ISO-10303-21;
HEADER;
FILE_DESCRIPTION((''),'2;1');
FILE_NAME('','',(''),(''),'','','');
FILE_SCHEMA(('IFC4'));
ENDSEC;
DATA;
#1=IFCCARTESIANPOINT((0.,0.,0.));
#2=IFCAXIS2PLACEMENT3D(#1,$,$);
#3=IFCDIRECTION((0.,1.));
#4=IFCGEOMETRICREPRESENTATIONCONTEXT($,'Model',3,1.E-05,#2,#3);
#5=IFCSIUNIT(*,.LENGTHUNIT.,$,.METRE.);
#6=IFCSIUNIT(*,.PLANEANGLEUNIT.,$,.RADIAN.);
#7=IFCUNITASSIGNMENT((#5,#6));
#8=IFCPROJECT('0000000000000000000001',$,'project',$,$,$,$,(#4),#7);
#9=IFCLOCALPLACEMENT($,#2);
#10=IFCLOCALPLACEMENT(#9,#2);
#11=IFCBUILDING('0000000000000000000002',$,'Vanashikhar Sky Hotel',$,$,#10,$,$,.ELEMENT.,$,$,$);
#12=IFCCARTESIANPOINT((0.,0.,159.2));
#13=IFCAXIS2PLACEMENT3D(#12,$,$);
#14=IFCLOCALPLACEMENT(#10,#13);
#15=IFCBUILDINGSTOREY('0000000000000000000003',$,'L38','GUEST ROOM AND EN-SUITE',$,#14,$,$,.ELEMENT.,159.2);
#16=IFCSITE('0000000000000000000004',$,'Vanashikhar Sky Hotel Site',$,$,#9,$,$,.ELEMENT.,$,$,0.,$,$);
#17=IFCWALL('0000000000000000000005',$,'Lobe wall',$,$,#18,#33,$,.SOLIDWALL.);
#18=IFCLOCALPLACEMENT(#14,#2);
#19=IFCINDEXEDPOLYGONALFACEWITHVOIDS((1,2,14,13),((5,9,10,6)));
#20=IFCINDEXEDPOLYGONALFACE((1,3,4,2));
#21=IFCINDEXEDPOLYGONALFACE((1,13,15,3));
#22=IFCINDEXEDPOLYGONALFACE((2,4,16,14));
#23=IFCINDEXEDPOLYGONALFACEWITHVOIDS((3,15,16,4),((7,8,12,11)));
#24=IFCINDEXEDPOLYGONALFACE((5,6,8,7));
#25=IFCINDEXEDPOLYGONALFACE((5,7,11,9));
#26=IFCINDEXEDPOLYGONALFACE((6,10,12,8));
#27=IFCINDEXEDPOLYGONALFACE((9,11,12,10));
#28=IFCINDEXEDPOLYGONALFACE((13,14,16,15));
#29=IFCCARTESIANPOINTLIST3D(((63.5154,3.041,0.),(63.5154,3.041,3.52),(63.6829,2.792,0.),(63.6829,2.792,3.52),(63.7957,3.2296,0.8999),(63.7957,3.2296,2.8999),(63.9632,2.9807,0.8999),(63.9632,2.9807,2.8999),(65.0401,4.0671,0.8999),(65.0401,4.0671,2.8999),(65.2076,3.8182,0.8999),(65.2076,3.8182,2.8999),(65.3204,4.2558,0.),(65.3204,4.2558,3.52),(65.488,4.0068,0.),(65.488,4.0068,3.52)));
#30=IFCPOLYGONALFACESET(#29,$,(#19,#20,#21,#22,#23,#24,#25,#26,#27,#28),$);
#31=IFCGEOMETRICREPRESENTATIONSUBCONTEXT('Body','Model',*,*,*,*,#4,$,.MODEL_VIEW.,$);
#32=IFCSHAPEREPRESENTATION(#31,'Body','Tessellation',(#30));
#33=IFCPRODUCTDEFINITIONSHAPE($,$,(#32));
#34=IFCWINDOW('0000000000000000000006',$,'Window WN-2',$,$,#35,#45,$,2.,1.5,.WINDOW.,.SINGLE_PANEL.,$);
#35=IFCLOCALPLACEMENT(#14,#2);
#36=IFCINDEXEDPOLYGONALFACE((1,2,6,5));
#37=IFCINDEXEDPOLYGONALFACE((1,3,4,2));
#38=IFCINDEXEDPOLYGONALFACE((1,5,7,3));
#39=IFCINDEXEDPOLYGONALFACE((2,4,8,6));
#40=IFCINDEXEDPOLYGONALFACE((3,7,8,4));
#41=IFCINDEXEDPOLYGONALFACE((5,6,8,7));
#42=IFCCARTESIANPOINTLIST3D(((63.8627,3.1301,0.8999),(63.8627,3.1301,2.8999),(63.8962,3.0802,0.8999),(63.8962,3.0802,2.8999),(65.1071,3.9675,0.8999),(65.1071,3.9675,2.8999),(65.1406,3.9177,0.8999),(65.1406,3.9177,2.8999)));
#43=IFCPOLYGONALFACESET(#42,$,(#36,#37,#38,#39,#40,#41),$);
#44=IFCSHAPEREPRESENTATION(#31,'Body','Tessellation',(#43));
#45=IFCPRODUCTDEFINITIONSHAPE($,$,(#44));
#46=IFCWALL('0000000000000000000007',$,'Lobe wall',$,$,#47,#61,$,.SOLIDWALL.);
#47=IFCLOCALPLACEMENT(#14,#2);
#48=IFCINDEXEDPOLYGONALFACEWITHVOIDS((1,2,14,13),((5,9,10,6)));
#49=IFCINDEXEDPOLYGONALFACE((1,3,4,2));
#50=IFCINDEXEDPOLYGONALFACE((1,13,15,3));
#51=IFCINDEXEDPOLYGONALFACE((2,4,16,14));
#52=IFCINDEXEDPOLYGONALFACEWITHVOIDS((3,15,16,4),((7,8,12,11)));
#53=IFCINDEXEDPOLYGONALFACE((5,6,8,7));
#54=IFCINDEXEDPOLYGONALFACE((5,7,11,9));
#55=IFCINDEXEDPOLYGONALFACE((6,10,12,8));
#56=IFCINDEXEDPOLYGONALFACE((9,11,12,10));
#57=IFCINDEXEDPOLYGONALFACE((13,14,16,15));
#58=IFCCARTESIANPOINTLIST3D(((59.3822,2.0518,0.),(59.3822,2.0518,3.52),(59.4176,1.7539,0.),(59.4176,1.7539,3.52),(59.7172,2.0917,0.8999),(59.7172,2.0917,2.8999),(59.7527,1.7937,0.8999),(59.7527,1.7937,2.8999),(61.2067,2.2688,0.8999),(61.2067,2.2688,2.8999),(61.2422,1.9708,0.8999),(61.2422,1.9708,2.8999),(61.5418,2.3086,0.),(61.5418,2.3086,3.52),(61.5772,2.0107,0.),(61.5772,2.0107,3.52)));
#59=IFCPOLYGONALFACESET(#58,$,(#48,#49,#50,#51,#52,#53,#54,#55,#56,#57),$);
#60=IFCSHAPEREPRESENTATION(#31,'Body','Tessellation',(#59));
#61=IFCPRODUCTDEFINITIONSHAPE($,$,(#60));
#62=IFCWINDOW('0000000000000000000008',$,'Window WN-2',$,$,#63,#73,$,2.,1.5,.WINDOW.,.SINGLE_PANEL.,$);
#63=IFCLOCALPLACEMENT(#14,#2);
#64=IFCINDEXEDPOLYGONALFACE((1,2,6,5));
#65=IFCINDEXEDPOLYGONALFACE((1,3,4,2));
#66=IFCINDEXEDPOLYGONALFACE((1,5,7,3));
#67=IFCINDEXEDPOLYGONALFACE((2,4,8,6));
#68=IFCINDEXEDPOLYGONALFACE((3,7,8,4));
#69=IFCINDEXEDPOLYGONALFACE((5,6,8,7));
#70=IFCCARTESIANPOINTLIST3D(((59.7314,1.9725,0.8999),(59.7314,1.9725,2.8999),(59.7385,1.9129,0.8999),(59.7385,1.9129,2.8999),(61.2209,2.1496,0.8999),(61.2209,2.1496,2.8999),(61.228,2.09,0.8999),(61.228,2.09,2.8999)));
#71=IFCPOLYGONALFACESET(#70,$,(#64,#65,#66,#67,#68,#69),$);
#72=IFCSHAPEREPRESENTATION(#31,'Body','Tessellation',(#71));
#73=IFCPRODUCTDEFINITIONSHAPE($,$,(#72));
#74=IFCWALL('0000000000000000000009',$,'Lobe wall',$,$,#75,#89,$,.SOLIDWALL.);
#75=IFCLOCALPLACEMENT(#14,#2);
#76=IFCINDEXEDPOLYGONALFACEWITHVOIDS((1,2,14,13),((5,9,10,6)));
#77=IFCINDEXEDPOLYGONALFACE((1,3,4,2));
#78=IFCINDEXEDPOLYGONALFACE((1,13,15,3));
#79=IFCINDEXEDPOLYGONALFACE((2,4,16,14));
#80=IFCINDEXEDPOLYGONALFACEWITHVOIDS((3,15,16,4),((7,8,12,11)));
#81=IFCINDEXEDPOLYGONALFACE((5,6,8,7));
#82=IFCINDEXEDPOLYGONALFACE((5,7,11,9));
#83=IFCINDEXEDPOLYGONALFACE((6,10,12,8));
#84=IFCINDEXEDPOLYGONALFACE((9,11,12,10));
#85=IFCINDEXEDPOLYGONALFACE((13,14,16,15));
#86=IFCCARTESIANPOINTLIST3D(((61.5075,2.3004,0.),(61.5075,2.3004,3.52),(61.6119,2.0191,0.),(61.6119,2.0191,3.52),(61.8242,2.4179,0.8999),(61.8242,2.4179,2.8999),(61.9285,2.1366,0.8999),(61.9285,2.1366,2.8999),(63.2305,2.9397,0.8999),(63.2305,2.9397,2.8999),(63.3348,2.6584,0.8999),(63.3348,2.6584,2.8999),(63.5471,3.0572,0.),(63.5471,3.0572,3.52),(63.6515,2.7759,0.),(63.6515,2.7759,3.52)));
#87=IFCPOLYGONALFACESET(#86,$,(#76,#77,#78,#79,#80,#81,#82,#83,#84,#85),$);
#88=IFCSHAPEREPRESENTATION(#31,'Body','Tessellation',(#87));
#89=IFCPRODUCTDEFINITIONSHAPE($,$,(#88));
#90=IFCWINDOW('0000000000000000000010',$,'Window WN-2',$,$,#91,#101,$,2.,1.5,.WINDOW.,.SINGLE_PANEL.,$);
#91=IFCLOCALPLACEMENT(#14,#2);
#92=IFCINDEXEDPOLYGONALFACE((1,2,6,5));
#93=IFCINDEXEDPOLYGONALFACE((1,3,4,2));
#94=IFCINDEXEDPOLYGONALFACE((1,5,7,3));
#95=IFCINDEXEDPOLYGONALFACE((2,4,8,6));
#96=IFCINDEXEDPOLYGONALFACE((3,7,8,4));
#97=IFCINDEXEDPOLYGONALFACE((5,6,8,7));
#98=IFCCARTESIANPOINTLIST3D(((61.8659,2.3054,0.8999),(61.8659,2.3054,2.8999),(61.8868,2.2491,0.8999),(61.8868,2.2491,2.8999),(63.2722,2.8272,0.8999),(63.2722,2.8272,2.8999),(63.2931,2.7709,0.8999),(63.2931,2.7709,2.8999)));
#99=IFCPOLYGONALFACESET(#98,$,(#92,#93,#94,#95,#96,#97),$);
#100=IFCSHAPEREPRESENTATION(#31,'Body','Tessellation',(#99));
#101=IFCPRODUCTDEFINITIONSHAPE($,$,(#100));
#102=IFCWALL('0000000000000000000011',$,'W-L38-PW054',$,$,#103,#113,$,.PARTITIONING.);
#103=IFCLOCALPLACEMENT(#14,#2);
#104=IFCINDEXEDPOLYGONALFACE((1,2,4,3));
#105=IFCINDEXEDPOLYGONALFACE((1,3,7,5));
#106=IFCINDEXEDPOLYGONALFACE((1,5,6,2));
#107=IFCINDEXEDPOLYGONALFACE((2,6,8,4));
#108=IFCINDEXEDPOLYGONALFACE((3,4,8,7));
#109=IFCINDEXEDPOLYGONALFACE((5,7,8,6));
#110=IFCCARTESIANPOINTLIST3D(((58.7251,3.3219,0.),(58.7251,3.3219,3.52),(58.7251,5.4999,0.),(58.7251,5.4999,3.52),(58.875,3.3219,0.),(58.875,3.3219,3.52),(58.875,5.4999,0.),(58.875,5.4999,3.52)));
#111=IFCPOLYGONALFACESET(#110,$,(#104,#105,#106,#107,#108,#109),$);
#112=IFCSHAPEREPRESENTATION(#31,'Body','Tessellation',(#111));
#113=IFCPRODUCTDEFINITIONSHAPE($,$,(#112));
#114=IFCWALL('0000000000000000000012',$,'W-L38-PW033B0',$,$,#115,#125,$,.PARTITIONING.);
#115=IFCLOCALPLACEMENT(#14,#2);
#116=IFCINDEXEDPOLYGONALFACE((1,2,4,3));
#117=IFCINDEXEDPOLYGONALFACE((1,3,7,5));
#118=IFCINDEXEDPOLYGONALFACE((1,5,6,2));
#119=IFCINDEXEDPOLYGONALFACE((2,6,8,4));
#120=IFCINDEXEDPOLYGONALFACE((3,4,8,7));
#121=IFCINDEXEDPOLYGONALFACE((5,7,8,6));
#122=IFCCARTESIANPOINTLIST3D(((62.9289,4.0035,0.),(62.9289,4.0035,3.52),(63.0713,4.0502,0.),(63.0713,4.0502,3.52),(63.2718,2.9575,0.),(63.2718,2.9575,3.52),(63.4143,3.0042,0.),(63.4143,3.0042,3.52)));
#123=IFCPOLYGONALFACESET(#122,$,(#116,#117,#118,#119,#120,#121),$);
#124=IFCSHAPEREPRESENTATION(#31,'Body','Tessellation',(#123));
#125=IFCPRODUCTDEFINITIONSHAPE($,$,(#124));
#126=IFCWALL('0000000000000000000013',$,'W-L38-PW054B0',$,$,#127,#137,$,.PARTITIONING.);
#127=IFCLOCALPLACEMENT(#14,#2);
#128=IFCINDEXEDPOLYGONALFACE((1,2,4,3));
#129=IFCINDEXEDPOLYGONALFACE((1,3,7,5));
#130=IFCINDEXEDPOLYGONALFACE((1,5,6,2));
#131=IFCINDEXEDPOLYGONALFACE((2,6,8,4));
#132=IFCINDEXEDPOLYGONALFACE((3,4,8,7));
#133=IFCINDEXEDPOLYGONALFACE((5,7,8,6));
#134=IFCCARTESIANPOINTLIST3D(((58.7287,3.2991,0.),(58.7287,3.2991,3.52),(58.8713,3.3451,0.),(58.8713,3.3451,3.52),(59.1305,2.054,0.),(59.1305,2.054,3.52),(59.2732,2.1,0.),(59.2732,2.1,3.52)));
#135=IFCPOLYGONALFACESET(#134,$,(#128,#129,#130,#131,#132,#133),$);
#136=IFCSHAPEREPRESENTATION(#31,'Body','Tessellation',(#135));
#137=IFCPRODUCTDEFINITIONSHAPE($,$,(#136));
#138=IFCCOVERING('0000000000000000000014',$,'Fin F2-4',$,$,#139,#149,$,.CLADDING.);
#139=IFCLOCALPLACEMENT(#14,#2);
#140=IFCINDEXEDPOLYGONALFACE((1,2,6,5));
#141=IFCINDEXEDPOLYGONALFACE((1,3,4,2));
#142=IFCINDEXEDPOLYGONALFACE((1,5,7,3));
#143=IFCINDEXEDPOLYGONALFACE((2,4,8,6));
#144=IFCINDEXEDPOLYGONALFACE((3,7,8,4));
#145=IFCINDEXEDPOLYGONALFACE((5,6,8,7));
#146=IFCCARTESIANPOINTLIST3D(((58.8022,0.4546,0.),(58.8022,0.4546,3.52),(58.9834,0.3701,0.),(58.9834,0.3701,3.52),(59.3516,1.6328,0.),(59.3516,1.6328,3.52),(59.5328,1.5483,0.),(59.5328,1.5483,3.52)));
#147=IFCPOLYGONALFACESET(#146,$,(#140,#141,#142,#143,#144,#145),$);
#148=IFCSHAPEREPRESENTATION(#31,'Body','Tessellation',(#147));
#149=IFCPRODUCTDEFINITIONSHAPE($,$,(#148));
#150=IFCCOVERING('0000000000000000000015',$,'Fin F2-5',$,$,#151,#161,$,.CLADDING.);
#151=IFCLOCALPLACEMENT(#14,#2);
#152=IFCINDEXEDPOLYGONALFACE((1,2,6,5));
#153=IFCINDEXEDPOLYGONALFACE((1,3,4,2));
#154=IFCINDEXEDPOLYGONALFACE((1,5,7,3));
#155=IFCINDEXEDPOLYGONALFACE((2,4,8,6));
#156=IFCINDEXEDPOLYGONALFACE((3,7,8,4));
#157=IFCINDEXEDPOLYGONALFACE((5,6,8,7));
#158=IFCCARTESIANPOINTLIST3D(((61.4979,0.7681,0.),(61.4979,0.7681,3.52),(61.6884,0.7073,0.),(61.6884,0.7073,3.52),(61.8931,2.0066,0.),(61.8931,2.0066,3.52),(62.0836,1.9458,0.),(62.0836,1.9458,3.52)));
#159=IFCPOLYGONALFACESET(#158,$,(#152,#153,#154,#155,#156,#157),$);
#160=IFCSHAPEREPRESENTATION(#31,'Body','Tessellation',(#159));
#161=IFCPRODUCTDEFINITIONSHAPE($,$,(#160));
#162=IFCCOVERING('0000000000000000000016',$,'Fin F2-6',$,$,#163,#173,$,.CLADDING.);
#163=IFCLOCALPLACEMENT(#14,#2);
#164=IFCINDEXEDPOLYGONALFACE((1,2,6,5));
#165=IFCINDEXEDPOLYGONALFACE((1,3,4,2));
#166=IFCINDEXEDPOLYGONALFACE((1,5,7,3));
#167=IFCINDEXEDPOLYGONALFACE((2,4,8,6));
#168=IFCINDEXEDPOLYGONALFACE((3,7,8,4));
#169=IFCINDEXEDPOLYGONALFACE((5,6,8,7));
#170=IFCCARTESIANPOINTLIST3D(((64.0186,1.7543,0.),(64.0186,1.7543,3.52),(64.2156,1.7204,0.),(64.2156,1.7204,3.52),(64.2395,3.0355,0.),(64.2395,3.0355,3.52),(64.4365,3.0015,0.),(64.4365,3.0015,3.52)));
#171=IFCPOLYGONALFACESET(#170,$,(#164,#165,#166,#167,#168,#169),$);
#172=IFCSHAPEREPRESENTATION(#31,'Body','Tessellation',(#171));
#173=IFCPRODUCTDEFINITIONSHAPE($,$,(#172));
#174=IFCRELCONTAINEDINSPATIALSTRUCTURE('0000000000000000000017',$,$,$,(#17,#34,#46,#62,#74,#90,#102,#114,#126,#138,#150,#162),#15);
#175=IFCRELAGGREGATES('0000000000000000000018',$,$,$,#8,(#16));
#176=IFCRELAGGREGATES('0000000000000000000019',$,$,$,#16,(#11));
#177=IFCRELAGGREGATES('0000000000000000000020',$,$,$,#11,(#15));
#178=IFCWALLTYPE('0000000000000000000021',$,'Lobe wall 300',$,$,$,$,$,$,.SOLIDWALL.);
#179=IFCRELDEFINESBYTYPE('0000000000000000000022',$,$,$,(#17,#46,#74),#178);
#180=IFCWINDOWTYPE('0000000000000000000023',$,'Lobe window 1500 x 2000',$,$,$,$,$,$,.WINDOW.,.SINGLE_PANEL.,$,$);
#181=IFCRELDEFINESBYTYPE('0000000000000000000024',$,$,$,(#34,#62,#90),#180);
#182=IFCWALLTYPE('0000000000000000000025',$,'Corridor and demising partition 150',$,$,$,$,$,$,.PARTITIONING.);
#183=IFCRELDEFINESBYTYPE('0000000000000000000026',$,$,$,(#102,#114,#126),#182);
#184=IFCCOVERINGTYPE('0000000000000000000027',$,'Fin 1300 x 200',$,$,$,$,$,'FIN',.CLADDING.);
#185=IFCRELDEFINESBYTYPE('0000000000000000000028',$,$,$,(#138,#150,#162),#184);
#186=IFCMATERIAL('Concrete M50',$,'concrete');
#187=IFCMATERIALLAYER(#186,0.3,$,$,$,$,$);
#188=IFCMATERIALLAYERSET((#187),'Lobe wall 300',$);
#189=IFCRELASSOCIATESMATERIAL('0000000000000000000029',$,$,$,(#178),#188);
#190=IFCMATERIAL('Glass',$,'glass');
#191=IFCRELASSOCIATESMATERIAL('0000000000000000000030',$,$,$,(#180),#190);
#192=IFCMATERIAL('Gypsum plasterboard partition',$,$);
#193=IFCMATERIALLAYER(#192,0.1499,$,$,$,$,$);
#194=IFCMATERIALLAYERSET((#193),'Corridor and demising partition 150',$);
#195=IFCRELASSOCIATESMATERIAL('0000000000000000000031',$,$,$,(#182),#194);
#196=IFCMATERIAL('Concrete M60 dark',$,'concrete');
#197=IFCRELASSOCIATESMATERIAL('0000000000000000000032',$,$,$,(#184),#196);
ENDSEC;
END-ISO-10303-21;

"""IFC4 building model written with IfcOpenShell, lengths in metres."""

from ifc_helpers import new_model, si_unit, direction, frame, frame_2d, origin, origin_2d, place, context, subcontext, project, spatial, rectangle, extrude, source, transform, mapped, material, layer, layer_set, material_profile, profile_set, type_object, element, fill, save


model = new_model("IFC4")

# Units and contexts
model_context = context("Model", 3, precision=1e-05, world=origin(), true_north=direction((0.0, 1.0)))
body_context = subcontext(model_context, "Body", "Model", "MODEL_VIEW")
ifc_project = project(units=[si_unit("LENGTHUNIT", "METRE"), si_unit("PLANEANGLEUNIT", "RADIAN")], contexts=[model_context])

# Site, building, storey
site_placement = place(None, origin())
site = spatial("IfcSite", under=ifc_project, at=site_placement, Name="Vanashikhar Sky Hotel Site", CompositionType="ELEMENT", RefElevation=0.0)
building_placement = place(site_placement, origin())
building = spatial("IfcBuilding", under=site, at=building_placement, Name="Vanashikhar Sky Hotel", CompositionType="ELEMENT")
storey_placement = place(building_placement, frame((0.0, 0.0, 159.2)))
storey = spatial("IfcBuildingStorey", under=building, at=storey_placement, Name="L38", Description="GUEST ROOM AND EN-SUITE", CompositionType="ELEMENT", Elevation=159.2)

# Walls, openings, windows
ifc_material_1 = material(Name="Concrete M50", Category="concrete")
ifc_layer_1 = layer(ifc_material_1, 0.3)
ifc_layer_set_1 = layer_set([ifc_layer_1], Name="Lobe wall 300")
wall_type_1 = type_object("IfcWallType", Name="Lobe wall 300", PredefinedType="SOLIDWALL", material=ifc_layer_set_1)
shared_shape_1 = source(origin(), body_context, "Body", "SweptSolid", [
    extrude(rectangle(XDim=2.1758, YDim=0.3, at=frame_2d((1.0879, 0.0))), origin(), (0.0, 0.0, 1.0), 3.52),
])
wall_1_placement = place(storey_placement, frame((63.5991, 2.9165, 0.0), z_axis=(0.0, 0.0, 1.0), x_axis=(0.829626, 0.55832, 0.0)))
wall_1 = element("IfcWall", 1, at=wall_1_placement, inside=storey, type_object=wall_type_1, Name="Lobe wall", PredefinedType="SOLIDWALL", context=body_context, shape_type="MappedRepresentation", body=[
    mapped(shared_shape_1, transform((0.0, 0.0, 0.0), scale=1.0)),
])
shared_shape_2 = source(origin(), body_context, "Body", "SweptSolid", [
    extrude(rectangle(XDim=1.5, YDim=2.0, at=frame_2d((0.75, 1.0))), frame((0.0, 0.1602, 0.0), z_axis=(0.0, -1.0, 0.0), x_axis=(1.0, 0.0, 0.0)), (0.0, 0.0, 1.0), 0.3201),
])
opening_1_placement = place(wall_1_placement, frame((0.3379, 0.0, 0.8999)))
opening_1 = element("IfcOpeningElement", 2, at=opening_1_placement, cuts=wall_1, PredefinedType="OPENING", context=body_context, shape_type="MappedRepresentation", body=[
    mapped(shared_shape_2, transform((0.0, 0.0, 0.0), scale=1.0)),
])
ifc_material_2 = material(Name="Glass", Category="glass")
window_type = type_object("IfcWindowType", Name="Lobe window 1500 x 2000", PartitioningType="SINGLE_PANEL", PredefinedType="WINDOW", material=ifc_material_2)
shared_shape_3 = source(origin(), body_context, "Body", "SweptSolid", [
    extrude(rectangle(XDim=1.5, YDim=2.0, at=frame_2d((0.75, 1.0))), frame((0.0, 0.03, 0.0), z_axis=(0.0, -1.0, 0.0), x_axis=(1.0, 0.0, 0.0)), (0.0, 0.0, 1.0), 0.0601),
])
window_1_placement = place(opening_1_placement, origin())
window_1 = element("IfcWindow", 3, at=window_1_placement, inside=storey, type_object=window_type, Name="Window WN-2", OverallHeight=2.0, OverallWidth=1.5, PartitioningType="SINGLE_PANEL", PredefinedType="WINDOW", context=body_context, shape_type="MappedRepresentation", body=[
    mapped(shared_shape_3, transform((0.0, 0.0, 0.0), scale=1.0)),
])
fill(opening_1, window_1)
shared_shape_4 = source(origin(), body_context, "Body", "SweptSolid", [
    extrude(rectangle(XDim=2.1748, YDim=0.3, at=frame_2d((1.0874, 0.0))), origin(), (0.0, 0.0, 1.0), 3.52),
])
wall_2_placement = place(storey_placement, frame((59.3999, 1.9028, 0.0), z_axis=(0.0, 0.0, 1.0), x_axis=(0.993003, 0.118092, 0.0)))
wall_2 = element("IfcWall", 4, at=wall_2_placement, inside=storey, type_object=wall_type_1, Name="Lobe wall", PredefinedType="SOLIDWALL", context=body_context, shape_type="MappedRepresentation", body=[
    mapped(shared_shape_4, transform((0.0, 0.0, 0.0), scale=1.0)),
])
opening_2_placement = place(wall_2_placement, frame((0.3374, 0.0, 0.8999)))
opening_2 = element("IfcOpeningElement", 5, at=opening_2_placement, cuts=wall_2, PredefinedType="OPENING", context=body_context, shape_type="MappedRepresentation", body=[
    mapped(shared_shape_2, transform((0.0, 0.0, 0.0), scale=1.0)),
])
window_2_placement = place(opening_2_placement, origin())
window_2 = element("IfcWindow", 6, at=window_2_placement, inside=storey, type_object=window_type, Name="Window WN-2", OverallHeight=2.0, OverallWidth=1.5, PartitioningType="SINGLE_PANEL", PredefinedType="WINDOW", context=body_context, shape_type="MappedRepresentation", body=[
    mapped(shared_shape_3, transform((0.0, 0.0, 0.0), scale=1.0)),
])
fill(opening_2, window_2)
shared_shape_5 = source(origin(), body_context, "Body", "SweptSolid", [
    extrude(rectangle(XDim=2.1755, YDim=0.3, at=frame_2d((1.0879, 0.0))), origin(), (0.0, 0.0, 1.0), 3.52),
])
wall_3_placement = place(storey_placement, frame((61.5596, 2.1597, 0.0), z_axis=(0.0, 0.0, 1.0), x_axis=(0.937532, 0.347899, 0.0)))
wall_3 = element("IfcWall", 7, at=wall_3_placement, inside=storey, type_object=wall_type_1, Name="Lobe wall", PredefinedType="SOLIDWALL", context=body_context, shape_type="MappedRepresentation", body=[
    mapped(shared_shape_5, transform((0.0, 0.0, 0.0), scale=1.0)),
])
opening_3_placement = place(wall_3_placement, frame((0.3379, 0.0, 0.8999)))
opening_3 = element("IfcOpeningElement", 8, at=opening_3_placement, cuts=wall_3, PredefinedType="OPENING", context=body_context, shape_type="MappedRepresentation", body=[
    mapped(shared_shape_2, transform((0.0, 0.0, 0.0), scale=1.0)),
])
window_3_placement = place(opening_3_placement, origin())
window_3 = element("IfcWindow", 9, at=window_3_placement, inside=storey, type_object=window_type, Name="Window WN-2", OverallHeight=2.0, OverallWidth=1.5, PartitioningType="SINGLE_PANEL", PredefinedType="WINDOW", context=body_context, shape_type="MappedRepresentation", body=[
    mapped(shared_shape_3, transform((0.0, 0.0, 0.0), scale=1.0)),
])
fill(opening_3, window_3)

# Walls
ifc_material_3 = material(Name="Gypsum plasterboard partition")
ifc_layer_2 = layer(ifc_material_3, 0.1499)
ifc_layer_set_2 = layer_set([ifc_layer_2], Name="Corridor and demising partition 150")
wall_type_2 = type_object("IfcWallType", Name="Corridor and demising partition 150", PredefinedType="PARTITIONING", material=ifc_layer_set_2)
shared_shape_6 = source(origin(), body_context, "Body", "SweptSolid", [
    extrude(rectangle(XDim=2.178, YDim=0.1499, at=frame_2d((1.0889, 0.0))), origin(), (0.0, 0.0, 1.0), 3.52),
])
wall_4_placement = place(storey_placement, frame((58.8, 3.322, 0.0), z_axis=(0.0, 0.0, 1.0), x_axis=(0.0, 1.0, 0.0)))
element("IfcWall", 10, at=wall_4_placement, inside=storey, type_object=wall_type_2, Name="W-L38-PW054", PredefinedType="PARTITIONING", context=body_context, shape_type="MappedRepresentation", body=[
    mapped(shared_shape_6, transform((0.0, 0.0, 0.0), scale=1.0)),
])
shared_shape_7 = source(origin(), body_context, "Body", "SweptSolid", [
    extrude(rectangle(XDim=1.1008, YDim=0.1499, at=frame_2d((0.5503, 0.0))), origin(), (0.0, 0.0, 1.0), 3.52),
])
wall_5_placement = place(storey_placement, frame((63.343, 2.981, 0.0), z_axis=(0.0, 0.0, 1.0), x_axis=(-0.311567, 0.950224, 0.0)))
element("IfcWall", 11, at=wall_5_placement, inside=storey, type_object=wall_type_2, Name="W-L38-PW033B0", PredefinedType="PARTITIONING", context=body_context, shape_type="MappedRepresentation", body=[
    mapped(shared_shape_7, transform((0.0, 0.0, 0.0), scale=1.0)),
])
shared_shape_8 = source(origin(), body_context, "Body", "SweptSolid", [
    extrude(rectangle(XDim=1.3083, YDim=0.1499, at=frame_2d((0.6543, 0.0))), origin(), (0.0, 0.0, 1.0), 3.52),
])
wall_6_placement = place(storey_placement, frame((59.2019, 2.0769, 0.0), z_axis=(0.0, 0.0, 1.0), x_axis=(-0.307145, 0.951663, 0.0)))
element("IfcWall", 12, at=wall_6_placement, inside=storey, type_object=wall_type_2, Name="W-L38-PW054B0", PredefinedType="PARTITIONING", context=body_context, shape_type="MappedRepresentation", body=[
    mapped(shared_shape_8, transform((0.0, 0.0, 0.0), scale=1.0)),
])

# Coverings
ifc_material_4 = material(Name="Concrete M60 dark", Category="concrete")
ifc_material_profile = material_profile(ifc_material_4, rectangle(XDim=1.3, YDim=0.2, at=origin_2d()))
ifc_profile_set = profile_set([ifc_material_profile], Name="Fin 1300 x 200")
covering_type = type_object("IfcCoveringType", Name="Fin 1300 x 200", ElementType="FIN", PredefinedType="CLADDING", material=ifc_profile_set)
shared_shape_9 = source(origin(), body_context, "Body", "SweptSolid", [
    extrude(rectangle(XDim=1.3, YDim=0.2, at=origin_2d()), origin(), (0.0, 0.0, 1.0), 3.52),
])
for number, where, z_axis, x_axis, name in (
    (13, (59.1675, 1.0015, 0.0), (0.0, 0.0, 1.0), (-0.422618, -0.906308, 0.0), "Fin F2-4"),
    (14, (61.7908, 1.3569, 0.0), (0.0, 0.0, 1.0), (-0.303967, -0.952683, 0.0), "Fin F2-5"),
    (15, (64.2275, 2.3779, 0.0), (0.0, 0.0, 1.0), (-0.1699, -0.985461, 0.0), "Fin F2-6"),
):
    element("IfcCovering", number, at=place(storey_placement, frame(where, z_axis=z_axis, x_axis=x_axis)), inside=storey, type_object=covering_type, Name=name, PredefinedType="CLADDING", context=body_context, shape_type="MappedRepresentation", body=[
        mapped(shared_shape_9, transform((0.0, 0.0, 0.0), scale=1.0)),
    ])

save(model, "model.ifc")
